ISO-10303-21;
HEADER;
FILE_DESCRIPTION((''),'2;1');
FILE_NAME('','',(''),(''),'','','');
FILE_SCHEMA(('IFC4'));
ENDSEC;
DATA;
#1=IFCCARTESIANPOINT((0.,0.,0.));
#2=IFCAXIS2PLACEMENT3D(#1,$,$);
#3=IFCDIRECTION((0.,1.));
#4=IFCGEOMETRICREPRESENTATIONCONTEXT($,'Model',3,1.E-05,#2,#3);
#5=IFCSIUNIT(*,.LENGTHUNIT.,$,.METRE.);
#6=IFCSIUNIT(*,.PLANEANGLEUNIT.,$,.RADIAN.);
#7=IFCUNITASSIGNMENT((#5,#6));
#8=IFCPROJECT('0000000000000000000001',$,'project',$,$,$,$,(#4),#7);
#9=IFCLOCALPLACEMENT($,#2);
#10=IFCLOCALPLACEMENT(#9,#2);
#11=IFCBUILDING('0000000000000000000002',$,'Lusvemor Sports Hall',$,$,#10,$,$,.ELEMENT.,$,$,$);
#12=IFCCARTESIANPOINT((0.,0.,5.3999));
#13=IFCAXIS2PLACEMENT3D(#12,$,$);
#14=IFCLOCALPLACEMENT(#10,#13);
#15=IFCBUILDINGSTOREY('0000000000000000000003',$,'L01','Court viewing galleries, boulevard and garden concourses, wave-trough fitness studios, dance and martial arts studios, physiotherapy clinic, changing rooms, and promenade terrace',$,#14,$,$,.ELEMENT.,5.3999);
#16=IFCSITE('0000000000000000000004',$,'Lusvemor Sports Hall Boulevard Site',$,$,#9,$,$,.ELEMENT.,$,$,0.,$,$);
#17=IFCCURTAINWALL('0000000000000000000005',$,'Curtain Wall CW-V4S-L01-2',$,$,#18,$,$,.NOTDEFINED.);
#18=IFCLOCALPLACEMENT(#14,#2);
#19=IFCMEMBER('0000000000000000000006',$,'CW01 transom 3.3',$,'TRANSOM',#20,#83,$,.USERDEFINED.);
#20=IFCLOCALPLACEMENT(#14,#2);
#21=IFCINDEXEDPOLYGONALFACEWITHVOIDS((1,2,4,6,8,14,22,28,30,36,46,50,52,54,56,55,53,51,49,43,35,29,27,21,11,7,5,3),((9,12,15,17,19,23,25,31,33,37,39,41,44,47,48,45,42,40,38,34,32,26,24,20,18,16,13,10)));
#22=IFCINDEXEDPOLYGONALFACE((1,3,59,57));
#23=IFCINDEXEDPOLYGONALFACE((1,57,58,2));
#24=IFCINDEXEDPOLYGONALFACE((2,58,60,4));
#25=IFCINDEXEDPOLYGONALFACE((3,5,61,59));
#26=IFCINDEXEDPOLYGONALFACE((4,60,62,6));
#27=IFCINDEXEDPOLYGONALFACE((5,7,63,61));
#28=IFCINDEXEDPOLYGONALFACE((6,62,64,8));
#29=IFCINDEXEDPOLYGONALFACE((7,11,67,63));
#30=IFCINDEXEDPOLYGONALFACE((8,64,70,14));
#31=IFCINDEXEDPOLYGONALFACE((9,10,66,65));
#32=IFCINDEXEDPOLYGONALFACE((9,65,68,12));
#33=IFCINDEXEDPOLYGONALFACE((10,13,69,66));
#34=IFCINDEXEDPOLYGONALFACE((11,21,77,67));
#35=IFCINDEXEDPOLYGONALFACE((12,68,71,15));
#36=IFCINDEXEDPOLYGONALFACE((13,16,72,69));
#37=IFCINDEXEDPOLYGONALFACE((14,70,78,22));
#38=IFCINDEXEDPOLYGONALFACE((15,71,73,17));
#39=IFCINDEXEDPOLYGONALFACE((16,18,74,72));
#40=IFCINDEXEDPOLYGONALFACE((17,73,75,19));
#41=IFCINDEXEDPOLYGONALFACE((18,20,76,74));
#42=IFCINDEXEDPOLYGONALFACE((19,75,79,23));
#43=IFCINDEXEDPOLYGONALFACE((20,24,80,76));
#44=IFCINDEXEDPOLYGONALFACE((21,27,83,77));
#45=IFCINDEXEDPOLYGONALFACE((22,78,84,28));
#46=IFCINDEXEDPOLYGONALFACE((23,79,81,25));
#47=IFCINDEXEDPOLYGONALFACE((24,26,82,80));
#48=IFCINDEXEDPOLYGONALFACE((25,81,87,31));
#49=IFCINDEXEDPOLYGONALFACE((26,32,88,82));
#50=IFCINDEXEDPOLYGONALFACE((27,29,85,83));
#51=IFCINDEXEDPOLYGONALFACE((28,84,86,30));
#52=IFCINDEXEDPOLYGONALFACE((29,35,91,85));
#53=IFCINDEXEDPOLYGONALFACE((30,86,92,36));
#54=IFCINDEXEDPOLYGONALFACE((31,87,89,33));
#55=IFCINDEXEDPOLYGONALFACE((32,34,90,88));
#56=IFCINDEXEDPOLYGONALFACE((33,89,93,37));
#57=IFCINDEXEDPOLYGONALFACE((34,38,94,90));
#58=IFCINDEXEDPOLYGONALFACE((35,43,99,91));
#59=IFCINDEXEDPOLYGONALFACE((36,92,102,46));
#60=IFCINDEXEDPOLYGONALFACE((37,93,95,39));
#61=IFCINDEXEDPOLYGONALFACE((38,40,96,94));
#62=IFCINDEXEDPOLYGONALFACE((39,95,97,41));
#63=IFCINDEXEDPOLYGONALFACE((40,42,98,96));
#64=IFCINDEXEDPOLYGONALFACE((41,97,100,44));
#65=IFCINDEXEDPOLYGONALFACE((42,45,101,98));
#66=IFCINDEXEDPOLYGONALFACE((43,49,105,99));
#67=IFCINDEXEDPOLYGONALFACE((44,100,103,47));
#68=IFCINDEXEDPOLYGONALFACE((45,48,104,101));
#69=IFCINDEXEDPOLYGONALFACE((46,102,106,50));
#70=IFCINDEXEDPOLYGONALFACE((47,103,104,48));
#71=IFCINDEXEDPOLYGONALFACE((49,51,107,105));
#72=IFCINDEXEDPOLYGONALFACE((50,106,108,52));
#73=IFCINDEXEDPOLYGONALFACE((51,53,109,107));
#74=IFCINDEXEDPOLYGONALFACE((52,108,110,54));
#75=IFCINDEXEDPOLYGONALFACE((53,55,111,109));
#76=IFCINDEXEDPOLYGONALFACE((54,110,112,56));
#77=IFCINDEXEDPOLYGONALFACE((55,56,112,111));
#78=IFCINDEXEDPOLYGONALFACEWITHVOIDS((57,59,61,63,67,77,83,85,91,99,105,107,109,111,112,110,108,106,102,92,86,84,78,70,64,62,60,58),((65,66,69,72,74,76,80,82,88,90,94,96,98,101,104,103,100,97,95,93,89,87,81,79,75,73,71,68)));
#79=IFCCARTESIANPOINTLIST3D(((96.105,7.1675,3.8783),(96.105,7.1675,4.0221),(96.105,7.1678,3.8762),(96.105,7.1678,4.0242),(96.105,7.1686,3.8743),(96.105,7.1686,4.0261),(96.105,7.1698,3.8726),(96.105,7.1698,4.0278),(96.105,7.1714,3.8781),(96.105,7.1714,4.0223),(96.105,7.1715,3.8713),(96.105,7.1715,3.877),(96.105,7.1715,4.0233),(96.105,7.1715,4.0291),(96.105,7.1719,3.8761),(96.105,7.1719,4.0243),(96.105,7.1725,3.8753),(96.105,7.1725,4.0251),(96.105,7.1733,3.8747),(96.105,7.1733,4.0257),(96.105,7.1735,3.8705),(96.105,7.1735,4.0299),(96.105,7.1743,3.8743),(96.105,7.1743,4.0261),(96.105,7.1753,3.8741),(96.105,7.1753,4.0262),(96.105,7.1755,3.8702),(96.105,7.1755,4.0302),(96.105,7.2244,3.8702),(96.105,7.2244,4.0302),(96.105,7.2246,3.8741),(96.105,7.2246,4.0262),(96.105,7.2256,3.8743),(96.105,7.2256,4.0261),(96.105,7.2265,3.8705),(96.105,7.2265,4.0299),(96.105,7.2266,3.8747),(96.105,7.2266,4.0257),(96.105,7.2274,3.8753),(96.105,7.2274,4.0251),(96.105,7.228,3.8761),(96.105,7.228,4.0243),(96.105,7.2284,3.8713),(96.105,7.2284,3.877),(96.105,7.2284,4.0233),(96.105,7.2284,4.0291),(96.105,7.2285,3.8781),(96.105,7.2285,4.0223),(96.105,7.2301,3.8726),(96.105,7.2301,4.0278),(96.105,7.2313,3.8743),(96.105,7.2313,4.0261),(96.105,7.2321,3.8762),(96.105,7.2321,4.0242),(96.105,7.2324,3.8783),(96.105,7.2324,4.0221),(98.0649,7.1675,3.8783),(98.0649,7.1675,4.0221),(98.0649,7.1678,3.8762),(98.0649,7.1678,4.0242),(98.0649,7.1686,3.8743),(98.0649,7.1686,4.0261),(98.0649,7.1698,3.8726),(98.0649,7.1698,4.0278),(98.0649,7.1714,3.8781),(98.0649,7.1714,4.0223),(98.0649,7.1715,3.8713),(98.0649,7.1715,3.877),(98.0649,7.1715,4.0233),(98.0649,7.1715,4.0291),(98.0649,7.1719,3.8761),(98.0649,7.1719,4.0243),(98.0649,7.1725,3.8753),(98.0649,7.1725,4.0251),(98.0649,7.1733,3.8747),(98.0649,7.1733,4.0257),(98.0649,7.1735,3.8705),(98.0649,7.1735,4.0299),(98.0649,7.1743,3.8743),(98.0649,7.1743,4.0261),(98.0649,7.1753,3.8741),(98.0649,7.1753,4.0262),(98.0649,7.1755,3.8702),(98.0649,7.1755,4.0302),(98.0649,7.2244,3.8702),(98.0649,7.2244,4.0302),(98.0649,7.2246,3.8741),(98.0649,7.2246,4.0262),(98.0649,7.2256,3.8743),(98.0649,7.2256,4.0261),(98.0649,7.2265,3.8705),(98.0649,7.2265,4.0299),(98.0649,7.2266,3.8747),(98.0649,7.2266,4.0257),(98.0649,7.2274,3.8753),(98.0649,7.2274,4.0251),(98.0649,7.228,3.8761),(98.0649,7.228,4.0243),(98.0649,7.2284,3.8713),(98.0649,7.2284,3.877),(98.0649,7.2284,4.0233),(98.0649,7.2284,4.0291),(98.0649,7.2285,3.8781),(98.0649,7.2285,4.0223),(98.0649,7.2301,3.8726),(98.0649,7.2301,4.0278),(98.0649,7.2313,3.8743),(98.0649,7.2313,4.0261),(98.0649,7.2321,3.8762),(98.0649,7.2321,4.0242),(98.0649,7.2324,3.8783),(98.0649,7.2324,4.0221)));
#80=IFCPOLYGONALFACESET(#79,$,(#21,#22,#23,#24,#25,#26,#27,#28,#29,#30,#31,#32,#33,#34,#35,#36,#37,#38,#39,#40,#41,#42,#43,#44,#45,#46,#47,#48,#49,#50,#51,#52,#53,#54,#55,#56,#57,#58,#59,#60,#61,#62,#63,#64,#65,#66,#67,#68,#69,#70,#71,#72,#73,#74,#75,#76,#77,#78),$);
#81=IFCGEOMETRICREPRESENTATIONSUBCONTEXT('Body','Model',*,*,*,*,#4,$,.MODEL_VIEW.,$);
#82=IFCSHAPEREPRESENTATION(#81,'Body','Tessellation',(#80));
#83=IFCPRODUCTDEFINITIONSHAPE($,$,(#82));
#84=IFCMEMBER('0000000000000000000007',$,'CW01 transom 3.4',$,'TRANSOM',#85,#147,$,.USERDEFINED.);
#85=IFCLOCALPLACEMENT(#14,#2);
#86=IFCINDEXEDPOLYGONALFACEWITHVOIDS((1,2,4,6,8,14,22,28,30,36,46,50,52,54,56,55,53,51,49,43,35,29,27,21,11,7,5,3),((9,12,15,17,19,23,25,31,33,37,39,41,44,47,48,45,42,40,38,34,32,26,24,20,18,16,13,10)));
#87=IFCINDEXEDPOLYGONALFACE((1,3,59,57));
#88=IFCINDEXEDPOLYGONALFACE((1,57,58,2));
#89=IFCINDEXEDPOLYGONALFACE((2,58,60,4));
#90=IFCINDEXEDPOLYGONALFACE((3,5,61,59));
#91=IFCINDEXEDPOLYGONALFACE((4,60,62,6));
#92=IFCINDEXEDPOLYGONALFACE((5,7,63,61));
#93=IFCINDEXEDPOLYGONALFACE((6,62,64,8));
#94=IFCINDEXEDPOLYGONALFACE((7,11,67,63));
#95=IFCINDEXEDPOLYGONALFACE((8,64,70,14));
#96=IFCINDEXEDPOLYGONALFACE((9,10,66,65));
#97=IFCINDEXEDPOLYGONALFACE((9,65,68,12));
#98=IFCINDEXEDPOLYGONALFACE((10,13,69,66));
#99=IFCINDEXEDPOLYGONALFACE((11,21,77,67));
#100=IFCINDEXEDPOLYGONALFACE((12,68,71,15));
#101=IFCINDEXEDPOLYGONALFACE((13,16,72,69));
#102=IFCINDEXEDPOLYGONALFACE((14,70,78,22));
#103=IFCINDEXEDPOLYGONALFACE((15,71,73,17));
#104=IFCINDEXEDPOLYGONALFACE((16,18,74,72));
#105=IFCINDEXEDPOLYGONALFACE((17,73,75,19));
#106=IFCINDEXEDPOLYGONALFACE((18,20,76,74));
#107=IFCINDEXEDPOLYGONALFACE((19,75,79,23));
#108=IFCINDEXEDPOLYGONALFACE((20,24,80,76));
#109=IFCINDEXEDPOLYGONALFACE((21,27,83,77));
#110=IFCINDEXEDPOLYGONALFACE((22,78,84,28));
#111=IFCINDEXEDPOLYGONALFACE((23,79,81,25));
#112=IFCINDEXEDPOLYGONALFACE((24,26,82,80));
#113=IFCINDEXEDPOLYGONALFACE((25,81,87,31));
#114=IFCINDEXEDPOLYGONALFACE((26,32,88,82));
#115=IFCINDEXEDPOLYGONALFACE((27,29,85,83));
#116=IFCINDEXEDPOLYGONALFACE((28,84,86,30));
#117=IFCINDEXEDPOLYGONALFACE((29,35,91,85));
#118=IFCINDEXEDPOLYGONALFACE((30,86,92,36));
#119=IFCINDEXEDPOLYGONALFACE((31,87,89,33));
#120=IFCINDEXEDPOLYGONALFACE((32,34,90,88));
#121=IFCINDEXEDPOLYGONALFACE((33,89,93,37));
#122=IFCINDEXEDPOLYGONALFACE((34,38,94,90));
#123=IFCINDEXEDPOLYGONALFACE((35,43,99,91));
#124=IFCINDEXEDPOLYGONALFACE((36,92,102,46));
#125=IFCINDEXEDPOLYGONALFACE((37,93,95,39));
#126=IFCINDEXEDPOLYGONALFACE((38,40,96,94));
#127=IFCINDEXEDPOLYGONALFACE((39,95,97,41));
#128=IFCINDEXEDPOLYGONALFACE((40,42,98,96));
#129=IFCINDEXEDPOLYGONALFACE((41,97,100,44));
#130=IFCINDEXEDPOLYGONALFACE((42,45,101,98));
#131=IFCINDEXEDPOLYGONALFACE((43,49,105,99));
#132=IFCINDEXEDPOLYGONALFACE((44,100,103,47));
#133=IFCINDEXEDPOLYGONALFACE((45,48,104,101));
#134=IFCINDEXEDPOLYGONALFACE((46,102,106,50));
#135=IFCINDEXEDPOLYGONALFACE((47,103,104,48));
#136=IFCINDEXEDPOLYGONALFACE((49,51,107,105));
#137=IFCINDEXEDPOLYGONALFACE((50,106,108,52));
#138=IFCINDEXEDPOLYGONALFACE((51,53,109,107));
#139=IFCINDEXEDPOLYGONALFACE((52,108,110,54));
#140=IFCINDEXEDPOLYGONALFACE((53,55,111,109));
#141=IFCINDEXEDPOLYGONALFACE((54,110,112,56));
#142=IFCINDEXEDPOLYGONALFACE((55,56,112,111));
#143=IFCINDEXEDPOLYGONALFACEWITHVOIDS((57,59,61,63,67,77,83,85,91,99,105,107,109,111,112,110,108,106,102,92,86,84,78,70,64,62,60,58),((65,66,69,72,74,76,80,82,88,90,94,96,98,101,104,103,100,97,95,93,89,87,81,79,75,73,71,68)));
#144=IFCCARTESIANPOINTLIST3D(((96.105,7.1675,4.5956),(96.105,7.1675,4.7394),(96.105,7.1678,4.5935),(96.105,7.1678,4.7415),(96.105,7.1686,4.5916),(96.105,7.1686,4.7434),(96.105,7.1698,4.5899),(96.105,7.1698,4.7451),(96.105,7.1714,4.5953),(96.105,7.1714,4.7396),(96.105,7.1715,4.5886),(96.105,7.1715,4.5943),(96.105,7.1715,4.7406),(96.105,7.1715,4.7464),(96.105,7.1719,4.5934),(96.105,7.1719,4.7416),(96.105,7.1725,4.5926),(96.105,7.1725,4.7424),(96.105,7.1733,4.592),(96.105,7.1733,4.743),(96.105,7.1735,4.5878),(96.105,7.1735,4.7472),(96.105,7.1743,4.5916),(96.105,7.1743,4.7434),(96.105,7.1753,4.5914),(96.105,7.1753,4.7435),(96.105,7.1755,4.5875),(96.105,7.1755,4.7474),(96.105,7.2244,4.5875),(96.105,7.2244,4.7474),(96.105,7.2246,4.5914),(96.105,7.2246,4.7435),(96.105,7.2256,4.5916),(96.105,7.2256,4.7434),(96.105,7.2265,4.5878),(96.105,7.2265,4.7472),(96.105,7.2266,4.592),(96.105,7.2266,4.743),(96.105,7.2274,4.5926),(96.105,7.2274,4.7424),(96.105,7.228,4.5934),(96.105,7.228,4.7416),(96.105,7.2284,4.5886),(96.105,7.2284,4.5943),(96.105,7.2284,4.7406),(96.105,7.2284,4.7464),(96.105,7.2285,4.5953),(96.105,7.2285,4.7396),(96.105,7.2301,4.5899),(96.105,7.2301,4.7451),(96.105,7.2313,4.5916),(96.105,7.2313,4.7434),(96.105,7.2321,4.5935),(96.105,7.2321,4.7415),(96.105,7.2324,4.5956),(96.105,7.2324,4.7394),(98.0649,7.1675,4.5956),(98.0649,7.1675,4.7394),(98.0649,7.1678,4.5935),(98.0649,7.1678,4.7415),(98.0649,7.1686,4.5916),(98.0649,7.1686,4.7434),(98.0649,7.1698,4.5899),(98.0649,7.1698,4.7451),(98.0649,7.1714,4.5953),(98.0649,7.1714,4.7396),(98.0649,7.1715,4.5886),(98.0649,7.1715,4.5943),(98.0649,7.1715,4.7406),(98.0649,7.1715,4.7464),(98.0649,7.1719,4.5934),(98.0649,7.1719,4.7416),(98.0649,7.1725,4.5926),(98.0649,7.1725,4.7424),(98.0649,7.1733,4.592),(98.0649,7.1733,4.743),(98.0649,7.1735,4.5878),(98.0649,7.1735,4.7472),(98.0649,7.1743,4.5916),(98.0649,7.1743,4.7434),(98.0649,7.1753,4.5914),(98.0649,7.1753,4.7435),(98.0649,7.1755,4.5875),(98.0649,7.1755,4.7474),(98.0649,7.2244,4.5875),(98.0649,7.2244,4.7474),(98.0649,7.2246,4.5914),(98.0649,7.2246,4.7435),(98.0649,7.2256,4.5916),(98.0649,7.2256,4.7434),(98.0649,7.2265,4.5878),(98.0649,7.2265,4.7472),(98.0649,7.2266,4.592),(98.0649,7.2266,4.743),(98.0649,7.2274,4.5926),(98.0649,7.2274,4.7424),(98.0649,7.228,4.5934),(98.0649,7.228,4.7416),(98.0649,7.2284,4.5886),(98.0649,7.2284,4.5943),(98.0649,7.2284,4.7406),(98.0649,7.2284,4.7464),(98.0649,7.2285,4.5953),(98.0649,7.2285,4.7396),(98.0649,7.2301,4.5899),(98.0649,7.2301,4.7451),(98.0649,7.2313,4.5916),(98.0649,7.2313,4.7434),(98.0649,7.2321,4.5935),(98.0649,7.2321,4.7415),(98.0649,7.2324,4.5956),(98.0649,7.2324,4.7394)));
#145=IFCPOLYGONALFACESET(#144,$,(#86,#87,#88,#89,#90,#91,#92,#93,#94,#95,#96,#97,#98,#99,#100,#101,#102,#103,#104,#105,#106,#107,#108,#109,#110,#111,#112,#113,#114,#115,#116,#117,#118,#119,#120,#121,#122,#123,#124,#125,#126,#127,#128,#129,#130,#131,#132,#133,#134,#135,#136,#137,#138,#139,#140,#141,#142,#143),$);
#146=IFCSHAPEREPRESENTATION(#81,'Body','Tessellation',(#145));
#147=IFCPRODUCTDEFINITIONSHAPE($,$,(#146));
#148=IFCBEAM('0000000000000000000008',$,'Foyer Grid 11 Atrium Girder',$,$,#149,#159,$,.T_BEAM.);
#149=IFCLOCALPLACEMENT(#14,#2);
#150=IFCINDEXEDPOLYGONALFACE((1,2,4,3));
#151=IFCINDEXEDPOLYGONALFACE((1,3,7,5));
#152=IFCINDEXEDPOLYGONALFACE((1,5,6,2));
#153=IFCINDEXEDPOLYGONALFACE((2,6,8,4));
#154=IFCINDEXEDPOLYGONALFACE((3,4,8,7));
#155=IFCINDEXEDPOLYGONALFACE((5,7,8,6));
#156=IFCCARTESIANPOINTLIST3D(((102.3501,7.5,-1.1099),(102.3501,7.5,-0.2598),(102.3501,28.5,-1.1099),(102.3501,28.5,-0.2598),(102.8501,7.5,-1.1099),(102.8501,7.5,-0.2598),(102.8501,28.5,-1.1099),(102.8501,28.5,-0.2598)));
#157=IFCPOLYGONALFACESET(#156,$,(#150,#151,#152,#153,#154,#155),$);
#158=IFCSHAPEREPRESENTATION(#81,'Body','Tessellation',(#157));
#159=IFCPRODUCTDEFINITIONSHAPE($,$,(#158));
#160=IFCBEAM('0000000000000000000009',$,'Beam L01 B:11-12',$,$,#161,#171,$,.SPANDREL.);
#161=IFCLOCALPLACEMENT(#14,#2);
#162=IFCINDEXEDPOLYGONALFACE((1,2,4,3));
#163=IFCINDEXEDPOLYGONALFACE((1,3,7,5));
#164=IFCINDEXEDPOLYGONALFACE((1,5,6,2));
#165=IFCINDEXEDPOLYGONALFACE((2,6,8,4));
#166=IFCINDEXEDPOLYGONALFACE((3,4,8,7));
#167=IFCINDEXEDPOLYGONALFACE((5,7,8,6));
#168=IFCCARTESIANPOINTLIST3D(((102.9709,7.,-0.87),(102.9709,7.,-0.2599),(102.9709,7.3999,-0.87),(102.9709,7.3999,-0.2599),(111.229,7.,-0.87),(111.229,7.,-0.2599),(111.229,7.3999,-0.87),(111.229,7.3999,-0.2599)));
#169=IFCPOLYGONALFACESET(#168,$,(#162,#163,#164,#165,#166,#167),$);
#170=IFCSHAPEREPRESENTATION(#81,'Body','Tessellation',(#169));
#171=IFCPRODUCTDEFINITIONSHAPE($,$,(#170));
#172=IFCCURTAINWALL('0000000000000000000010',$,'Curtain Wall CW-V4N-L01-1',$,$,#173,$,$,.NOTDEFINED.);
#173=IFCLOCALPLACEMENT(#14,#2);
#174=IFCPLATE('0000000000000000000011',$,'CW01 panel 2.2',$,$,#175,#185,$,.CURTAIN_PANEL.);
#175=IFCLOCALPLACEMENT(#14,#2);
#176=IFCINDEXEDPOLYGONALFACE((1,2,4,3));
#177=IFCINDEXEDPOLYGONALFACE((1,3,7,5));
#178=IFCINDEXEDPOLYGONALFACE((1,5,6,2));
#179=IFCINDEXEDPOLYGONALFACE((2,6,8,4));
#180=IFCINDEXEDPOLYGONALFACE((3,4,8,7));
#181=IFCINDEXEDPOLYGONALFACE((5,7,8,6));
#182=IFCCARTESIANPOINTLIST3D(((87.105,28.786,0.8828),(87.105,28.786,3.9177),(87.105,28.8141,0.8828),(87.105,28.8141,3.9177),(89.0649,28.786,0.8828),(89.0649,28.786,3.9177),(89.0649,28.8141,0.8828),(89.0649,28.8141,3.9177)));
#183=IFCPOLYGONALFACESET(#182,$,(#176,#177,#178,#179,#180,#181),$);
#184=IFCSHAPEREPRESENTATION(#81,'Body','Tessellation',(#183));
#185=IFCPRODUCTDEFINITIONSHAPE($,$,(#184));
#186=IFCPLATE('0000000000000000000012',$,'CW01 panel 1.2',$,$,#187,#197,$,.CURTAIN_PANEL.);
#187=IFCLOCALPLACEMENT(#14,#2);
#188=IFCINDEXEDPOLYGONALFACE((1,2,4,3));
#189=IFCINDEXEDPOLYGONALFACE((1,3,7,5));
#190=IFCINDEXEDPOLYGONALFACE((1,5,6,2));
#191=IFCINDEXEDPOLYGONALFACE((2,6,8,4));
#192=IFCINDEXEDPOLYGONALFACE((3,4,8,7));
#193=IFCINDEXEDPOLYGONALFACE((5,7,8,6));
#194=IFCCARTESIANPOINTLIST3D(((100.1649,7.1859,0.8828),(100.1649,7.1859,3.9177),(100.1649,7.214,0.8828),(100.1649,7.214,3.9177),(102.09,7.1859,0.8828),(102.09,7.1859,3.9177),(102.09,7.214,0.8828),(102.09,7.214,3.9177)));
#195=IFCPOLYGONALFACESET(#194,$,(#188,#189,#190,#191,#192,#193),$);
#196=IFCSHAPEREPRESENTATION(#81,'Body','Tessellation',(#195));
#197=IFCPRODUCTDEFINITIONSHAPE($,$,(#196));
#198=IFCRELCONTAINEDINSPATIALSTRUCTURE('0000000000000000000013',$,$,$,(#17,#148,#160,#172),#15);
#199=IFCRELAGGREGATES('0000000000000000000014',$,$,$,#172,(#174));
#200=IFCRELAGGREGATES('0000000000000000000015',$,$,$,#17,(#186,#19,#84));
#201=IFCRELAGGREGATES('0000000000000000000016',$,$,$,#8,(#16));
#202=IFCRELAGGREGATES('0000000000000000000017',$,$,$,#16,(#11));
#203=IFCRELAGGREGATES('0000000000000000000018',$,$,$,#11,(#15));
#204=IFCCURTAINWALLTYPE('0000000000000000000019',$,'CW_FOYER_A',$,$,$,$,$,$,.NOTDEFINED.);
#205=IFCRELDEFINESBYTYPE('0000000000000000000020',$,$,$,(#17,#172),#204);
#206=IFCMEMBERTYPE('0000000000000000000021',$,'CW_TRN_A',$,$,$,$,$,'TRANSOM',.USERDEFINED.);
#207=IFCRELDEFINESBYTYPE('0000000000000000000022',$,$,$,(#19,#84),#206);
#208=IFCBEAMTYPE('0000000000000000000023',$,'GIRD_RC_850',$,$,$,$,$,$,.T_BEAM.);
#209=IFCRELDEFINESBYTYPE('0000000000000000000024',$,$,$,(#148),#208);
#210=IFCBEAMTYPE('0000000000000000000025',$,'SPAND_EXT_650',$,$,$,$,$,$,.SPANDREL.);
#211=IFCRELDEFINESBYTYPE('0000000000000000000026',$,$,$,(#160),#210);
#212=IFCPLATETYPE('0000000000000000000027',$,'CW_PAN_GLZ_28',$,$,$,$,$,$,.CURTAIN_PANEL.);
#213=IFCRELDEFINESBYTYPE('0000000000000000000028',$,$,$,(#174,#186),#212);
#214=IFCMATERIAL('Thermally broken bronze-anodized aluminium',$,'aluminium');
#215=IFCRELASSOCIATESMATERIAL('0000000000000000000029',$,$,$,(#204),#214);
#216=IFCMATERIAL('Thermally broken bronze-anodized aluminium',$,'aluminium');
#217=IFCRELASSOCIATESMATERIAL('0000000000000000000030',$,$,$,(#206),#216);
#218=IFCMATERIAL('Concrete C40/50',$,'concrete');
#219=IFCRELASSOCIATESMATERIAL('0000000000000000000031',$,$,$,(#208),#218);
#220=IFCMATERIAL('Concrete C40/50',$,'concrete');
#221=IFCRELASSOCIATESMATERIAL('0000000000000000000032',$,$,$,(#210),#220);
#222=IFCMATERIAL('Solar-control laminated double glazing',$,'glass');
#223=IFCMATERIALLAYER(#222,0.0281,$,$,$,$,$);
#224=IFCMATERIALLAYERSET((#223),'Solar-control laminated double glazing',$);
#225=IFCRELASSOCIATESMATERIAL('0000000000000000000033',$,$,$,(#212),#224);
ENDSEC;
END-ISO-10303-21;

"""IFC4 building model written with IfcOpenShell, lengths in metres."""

from ifc_helpers import new_model, si_unit, direction, frame, origin, origin_2d, place, context, subcontext, project, spatial, rectangle, hollow_rectangle, extrude, material, layer, layer_set, material_profile, profile_set, type_object, element, aggregate, save


model = new_model("IFC4")

# Units and contexts
model_context = context("Model", 3, precision=1e-05, world=origin(), true_north=direction((0.0, 1.0)))
body_context = subcontext(model_context, "Body", "Model", "MODEL_VIEW")
ifc_project = project(units=[si_unit("LENGTHUNIT", "METRE"), si_unit("PLANEANGLEUNIT", "RADIAN")], contexts=[model_context])

# Site, building, storey
site_placement = place(None, origin())
site = spatial("IfcSite", under=ifc_project, at=site_placement, Name="Lusvemor Sports Hall Boulevard Site", CompositionType="ELEMENT", RefElevation=0.0)
building_placement = place(site_placement, origin())
building = spatial("IfcBuilding", under=site, at=building_placement, Name="Lusvemor Sports Hall", CompositionType="ELEMENT")
storey_placement = place(building_placement, frame((0.0, 0.0, 5.3999)))
storey = spatial("IfcBuildingStorey", under=building, at=storey_placement, Name="L01", Description="Court viewing galleries, boulevard and garden concourses, wave-trough fitness studios, dance and martial arts studios, physiotherapy clinic, changing rooms, and promenade terrace", CompositionType="ELEMENT", Elevation=5.3999)

# Curtain wall
ifc_material_1 = material(Name="Thermally broken bronze-anodized aluminium", Category="aluminium")
curtain_wall_type = type_object("IfcCurtainWallType", Name="CW_FOYER_A", PredefinedType="NOTDEFINED", material=ifc_material_1)
curtain_wall_1_placement = place(storey_placement, origin())
curtain_wall_1 = element("IfcCurtainWall", 1, at=curtain_wall_1_placement, inside=storey, type_object=curtain_wall_type, Name="Curtain Wall CW-V4S-L01-2", PredefinedType="NOTDEFINED")

# Members
ifc_material_2 = material(Name="Thermally broken bronze-anodized aluminium", Category="aluminium")
ifc_material_profile_1 = material_profile(ifc_material_2, hollow_rectangle(XDim=0.0649, YDim=0.1599, WallThickness=0.0039, InnerFilletRadius=0.0039, OuterFilletRadius=0.0081, at=origin_2d()), Name="CWTRN160x65x4")
ifc_profile_set_1 = profile_set([ifc_material_profile_1], Name="Thermally broken bronze-anodized aluminium")
member_type_1 = type_object("IfcMemberType", Name="CW_TRN_A", ElementType="TRANSOM", PredefinedType="USERDEFINED", material=ifc_profile_set_1)
member_1_placement = place(storey_placement, frame((98.0649, 7.2, 3.9502), z_axis=(-1.0, 0.0, 0.0), x_axis=(0.0, -1.0, 0.0)))
member_1 = element("IfcMember", 2, at=member_1_placement, type_object=member_type_1, Name="CW01 transom 3.3", ObjectType="TRANSOM", PredefinedType="USERDEFINED", context=body_context, shape_type="SweptSolid", body=[
    extrude(hollow_rectangle(XDim=0.0649, YDim=0.1599, WallThickness=0.0039, InnerFilletRadius=0.0039, OuterFilletRadius=0.0081, at=origin_2d()), origin(), (0.0, 0.0, 1.0), 1.96),
])
member_2_placement = place(storey_placement, frame((98.0649, 7.2, 4.6675), z_axis=(-1.0, 0.0, 0.0), x_axis=(0.0, -1.0, 0.0)))
member_2 = element("IfcMember", 3, at=member_2_placement, type_object=member_type_1, Name="CW01 transom 3.4", ObjectType="TRANSOM", PredefinedType="USERDEFINED", context=body_context, shape_type="SweptSolid", body=[
    extrude(hollow_rectangle(XDim=0.0649, YDim=0.1599, WallThickness=0.0039, InnerFilletRadius=0.0039, OuterFilletRadius=0.0081, at=origin_2d()), origin(), (0.0, 0.0, 1.0), 1.96),
])

# Beams
ifc_material_3 = material(Name="Concrete C40/50", Category="concrete")
ifc_material_profile_2 = material_profile(ifc_material_3, rectangle(XDim=0.5, YDim=0.8501, at=origin_2d()), Name="RC500x850")
ifc_profile_set_2 = profile_set([ifc_material_profile_2], Name="Concrete C40/50")
beam_type_1 = type_object("IfcBeamType", Name="GIRD_RC_850", PredefinedType="T_BEAM", material=ifc_profile_set_2)
beam_1_placement = place(storey_placement, frame((102.6001, 7.5, -0.6848), z_axis=(0.0, 1.0, 0.0), x_axis=(-1.0, 0.0, 0.0)))
element("IfcBeam", 4, at=beam_1_placement, inside=storey, type_object=beam_type_1, Name="Foyer Grid 11 Atrium Girder", PredefinedType="T_BEAM", context=body_context, shape_type="SweptSolid", body=[
    extrude(rectangle(XDim=0.5, YDim=0.8501, at=origin_2d()), origin(), (0.0, 0.0, 1.0), 21.0),
])
ifc_material_4 = material(Name="Concrete C40/50", Category="concrete")
ifc_material_profile_3 = material_profile(ifc_material_4, rectangle(XDim=0.3999, YDim=0.6101, at=origin_2d()), Name="RC400x610")
ifc_profile_set_3 = profile_set([ifc_material_profile_3], Name="Concrete C40/50")
beam_type_2 = type_object("IfcBeamType", Name="SPAND_EXT_650", PredefinedType="SPANDREL", material=ifc_profile_set_3)
beam_2_placement = place(storey_placement, frame((102.9709, 7.2, -0.5649), z_axis=(1.0, 0.0, 0.0), x_axis=(0.0, 1.0, 0.0)))
element("IfcBeam", 5, at=beam_2_placement, inside=storey, type_object=beam_type_2, Name="Beam L01 B:11-12", PredefinedType="SPANDREL", context=body_context, shape_type="SweptSolid", body=[
    extrude(rectangle(XDim=0.3999, YDim=0.6101, at=origin_2d()), origin(), (0.0, 0.0, 1.0), 8.2581),
])

# Curtain wall, plate
curtain_wall_2_placement = place(storey_placement, origin())
curtain_wall_2 = element("IfcCurtainWall", 6, at=curtain_wall_2_placement, inside=storey, type_object=curtain_wall_type, Name="Curtain Wall CW-V4N-L01-1", PredefinedType="NOTDEFINED")
ifc_material_5 = material(Name="Solar-control laminated double glazing", Category="glass")
ifc_layer_1 = layer(ifc_material_5, 0.0281)
ifc_layer_set_1 = layer_set([ifc_layer_1], Name="Solar-control laminated double glazing")
plate_type_1 = type_object("IfcPlateType", Name="CW_PAN_GLZ_28", PredefinedType="CURTAIN_PANEL", material=ifc_layer_set_1)
plate_1_placement = place(storey_placement, frame((88.085, 28.8, 0.8828), z_axis=(0.0, 0.0, 1.0), x_axis=(1.0, 0.0, 0.0)))
plate_1 = element("IfcPlate", 7, at=plate_1_placement, type_object=plate_type_1, Name="CW01 panel 2.2", PredefinedType="CURTAIN_PANEL", context=body_context, shape_type="SweptSolid", body=[
    extrude(rectangle(XDim=1.96, YDim=0.0281, at=origin_2d()), origin(), (0.0, 0.0, 1.0), 3.0349),
])

# Plate
plate_2_placement = place(storey_placement, frame((101.1274, 7.2, 0.8828), z_axis=(0.0, 0.0, 1.0), x_axis=(-1.0, 0.0, 0.0)))
plate_2 = element("IfcPlate", 8, at=plate_2_placement, type_object=plate_type_1, Name="CW01 panel 1.2", PredefinedType="CURTAIN_PANEL", context=body_context, shape_type="SweptSolid", body=[
    extrude(rectangle(XDim=1.925, YDim=0.0281, at=origin_2d()), origin(), (0.0, 0.0, 1.0), 3.0349),
])
aggregate(curtain_wall_2, [plate_1])
aggregate(curtain_wall_1, [plate_2, member_1, member_2])

save(model, "model.ifc")
